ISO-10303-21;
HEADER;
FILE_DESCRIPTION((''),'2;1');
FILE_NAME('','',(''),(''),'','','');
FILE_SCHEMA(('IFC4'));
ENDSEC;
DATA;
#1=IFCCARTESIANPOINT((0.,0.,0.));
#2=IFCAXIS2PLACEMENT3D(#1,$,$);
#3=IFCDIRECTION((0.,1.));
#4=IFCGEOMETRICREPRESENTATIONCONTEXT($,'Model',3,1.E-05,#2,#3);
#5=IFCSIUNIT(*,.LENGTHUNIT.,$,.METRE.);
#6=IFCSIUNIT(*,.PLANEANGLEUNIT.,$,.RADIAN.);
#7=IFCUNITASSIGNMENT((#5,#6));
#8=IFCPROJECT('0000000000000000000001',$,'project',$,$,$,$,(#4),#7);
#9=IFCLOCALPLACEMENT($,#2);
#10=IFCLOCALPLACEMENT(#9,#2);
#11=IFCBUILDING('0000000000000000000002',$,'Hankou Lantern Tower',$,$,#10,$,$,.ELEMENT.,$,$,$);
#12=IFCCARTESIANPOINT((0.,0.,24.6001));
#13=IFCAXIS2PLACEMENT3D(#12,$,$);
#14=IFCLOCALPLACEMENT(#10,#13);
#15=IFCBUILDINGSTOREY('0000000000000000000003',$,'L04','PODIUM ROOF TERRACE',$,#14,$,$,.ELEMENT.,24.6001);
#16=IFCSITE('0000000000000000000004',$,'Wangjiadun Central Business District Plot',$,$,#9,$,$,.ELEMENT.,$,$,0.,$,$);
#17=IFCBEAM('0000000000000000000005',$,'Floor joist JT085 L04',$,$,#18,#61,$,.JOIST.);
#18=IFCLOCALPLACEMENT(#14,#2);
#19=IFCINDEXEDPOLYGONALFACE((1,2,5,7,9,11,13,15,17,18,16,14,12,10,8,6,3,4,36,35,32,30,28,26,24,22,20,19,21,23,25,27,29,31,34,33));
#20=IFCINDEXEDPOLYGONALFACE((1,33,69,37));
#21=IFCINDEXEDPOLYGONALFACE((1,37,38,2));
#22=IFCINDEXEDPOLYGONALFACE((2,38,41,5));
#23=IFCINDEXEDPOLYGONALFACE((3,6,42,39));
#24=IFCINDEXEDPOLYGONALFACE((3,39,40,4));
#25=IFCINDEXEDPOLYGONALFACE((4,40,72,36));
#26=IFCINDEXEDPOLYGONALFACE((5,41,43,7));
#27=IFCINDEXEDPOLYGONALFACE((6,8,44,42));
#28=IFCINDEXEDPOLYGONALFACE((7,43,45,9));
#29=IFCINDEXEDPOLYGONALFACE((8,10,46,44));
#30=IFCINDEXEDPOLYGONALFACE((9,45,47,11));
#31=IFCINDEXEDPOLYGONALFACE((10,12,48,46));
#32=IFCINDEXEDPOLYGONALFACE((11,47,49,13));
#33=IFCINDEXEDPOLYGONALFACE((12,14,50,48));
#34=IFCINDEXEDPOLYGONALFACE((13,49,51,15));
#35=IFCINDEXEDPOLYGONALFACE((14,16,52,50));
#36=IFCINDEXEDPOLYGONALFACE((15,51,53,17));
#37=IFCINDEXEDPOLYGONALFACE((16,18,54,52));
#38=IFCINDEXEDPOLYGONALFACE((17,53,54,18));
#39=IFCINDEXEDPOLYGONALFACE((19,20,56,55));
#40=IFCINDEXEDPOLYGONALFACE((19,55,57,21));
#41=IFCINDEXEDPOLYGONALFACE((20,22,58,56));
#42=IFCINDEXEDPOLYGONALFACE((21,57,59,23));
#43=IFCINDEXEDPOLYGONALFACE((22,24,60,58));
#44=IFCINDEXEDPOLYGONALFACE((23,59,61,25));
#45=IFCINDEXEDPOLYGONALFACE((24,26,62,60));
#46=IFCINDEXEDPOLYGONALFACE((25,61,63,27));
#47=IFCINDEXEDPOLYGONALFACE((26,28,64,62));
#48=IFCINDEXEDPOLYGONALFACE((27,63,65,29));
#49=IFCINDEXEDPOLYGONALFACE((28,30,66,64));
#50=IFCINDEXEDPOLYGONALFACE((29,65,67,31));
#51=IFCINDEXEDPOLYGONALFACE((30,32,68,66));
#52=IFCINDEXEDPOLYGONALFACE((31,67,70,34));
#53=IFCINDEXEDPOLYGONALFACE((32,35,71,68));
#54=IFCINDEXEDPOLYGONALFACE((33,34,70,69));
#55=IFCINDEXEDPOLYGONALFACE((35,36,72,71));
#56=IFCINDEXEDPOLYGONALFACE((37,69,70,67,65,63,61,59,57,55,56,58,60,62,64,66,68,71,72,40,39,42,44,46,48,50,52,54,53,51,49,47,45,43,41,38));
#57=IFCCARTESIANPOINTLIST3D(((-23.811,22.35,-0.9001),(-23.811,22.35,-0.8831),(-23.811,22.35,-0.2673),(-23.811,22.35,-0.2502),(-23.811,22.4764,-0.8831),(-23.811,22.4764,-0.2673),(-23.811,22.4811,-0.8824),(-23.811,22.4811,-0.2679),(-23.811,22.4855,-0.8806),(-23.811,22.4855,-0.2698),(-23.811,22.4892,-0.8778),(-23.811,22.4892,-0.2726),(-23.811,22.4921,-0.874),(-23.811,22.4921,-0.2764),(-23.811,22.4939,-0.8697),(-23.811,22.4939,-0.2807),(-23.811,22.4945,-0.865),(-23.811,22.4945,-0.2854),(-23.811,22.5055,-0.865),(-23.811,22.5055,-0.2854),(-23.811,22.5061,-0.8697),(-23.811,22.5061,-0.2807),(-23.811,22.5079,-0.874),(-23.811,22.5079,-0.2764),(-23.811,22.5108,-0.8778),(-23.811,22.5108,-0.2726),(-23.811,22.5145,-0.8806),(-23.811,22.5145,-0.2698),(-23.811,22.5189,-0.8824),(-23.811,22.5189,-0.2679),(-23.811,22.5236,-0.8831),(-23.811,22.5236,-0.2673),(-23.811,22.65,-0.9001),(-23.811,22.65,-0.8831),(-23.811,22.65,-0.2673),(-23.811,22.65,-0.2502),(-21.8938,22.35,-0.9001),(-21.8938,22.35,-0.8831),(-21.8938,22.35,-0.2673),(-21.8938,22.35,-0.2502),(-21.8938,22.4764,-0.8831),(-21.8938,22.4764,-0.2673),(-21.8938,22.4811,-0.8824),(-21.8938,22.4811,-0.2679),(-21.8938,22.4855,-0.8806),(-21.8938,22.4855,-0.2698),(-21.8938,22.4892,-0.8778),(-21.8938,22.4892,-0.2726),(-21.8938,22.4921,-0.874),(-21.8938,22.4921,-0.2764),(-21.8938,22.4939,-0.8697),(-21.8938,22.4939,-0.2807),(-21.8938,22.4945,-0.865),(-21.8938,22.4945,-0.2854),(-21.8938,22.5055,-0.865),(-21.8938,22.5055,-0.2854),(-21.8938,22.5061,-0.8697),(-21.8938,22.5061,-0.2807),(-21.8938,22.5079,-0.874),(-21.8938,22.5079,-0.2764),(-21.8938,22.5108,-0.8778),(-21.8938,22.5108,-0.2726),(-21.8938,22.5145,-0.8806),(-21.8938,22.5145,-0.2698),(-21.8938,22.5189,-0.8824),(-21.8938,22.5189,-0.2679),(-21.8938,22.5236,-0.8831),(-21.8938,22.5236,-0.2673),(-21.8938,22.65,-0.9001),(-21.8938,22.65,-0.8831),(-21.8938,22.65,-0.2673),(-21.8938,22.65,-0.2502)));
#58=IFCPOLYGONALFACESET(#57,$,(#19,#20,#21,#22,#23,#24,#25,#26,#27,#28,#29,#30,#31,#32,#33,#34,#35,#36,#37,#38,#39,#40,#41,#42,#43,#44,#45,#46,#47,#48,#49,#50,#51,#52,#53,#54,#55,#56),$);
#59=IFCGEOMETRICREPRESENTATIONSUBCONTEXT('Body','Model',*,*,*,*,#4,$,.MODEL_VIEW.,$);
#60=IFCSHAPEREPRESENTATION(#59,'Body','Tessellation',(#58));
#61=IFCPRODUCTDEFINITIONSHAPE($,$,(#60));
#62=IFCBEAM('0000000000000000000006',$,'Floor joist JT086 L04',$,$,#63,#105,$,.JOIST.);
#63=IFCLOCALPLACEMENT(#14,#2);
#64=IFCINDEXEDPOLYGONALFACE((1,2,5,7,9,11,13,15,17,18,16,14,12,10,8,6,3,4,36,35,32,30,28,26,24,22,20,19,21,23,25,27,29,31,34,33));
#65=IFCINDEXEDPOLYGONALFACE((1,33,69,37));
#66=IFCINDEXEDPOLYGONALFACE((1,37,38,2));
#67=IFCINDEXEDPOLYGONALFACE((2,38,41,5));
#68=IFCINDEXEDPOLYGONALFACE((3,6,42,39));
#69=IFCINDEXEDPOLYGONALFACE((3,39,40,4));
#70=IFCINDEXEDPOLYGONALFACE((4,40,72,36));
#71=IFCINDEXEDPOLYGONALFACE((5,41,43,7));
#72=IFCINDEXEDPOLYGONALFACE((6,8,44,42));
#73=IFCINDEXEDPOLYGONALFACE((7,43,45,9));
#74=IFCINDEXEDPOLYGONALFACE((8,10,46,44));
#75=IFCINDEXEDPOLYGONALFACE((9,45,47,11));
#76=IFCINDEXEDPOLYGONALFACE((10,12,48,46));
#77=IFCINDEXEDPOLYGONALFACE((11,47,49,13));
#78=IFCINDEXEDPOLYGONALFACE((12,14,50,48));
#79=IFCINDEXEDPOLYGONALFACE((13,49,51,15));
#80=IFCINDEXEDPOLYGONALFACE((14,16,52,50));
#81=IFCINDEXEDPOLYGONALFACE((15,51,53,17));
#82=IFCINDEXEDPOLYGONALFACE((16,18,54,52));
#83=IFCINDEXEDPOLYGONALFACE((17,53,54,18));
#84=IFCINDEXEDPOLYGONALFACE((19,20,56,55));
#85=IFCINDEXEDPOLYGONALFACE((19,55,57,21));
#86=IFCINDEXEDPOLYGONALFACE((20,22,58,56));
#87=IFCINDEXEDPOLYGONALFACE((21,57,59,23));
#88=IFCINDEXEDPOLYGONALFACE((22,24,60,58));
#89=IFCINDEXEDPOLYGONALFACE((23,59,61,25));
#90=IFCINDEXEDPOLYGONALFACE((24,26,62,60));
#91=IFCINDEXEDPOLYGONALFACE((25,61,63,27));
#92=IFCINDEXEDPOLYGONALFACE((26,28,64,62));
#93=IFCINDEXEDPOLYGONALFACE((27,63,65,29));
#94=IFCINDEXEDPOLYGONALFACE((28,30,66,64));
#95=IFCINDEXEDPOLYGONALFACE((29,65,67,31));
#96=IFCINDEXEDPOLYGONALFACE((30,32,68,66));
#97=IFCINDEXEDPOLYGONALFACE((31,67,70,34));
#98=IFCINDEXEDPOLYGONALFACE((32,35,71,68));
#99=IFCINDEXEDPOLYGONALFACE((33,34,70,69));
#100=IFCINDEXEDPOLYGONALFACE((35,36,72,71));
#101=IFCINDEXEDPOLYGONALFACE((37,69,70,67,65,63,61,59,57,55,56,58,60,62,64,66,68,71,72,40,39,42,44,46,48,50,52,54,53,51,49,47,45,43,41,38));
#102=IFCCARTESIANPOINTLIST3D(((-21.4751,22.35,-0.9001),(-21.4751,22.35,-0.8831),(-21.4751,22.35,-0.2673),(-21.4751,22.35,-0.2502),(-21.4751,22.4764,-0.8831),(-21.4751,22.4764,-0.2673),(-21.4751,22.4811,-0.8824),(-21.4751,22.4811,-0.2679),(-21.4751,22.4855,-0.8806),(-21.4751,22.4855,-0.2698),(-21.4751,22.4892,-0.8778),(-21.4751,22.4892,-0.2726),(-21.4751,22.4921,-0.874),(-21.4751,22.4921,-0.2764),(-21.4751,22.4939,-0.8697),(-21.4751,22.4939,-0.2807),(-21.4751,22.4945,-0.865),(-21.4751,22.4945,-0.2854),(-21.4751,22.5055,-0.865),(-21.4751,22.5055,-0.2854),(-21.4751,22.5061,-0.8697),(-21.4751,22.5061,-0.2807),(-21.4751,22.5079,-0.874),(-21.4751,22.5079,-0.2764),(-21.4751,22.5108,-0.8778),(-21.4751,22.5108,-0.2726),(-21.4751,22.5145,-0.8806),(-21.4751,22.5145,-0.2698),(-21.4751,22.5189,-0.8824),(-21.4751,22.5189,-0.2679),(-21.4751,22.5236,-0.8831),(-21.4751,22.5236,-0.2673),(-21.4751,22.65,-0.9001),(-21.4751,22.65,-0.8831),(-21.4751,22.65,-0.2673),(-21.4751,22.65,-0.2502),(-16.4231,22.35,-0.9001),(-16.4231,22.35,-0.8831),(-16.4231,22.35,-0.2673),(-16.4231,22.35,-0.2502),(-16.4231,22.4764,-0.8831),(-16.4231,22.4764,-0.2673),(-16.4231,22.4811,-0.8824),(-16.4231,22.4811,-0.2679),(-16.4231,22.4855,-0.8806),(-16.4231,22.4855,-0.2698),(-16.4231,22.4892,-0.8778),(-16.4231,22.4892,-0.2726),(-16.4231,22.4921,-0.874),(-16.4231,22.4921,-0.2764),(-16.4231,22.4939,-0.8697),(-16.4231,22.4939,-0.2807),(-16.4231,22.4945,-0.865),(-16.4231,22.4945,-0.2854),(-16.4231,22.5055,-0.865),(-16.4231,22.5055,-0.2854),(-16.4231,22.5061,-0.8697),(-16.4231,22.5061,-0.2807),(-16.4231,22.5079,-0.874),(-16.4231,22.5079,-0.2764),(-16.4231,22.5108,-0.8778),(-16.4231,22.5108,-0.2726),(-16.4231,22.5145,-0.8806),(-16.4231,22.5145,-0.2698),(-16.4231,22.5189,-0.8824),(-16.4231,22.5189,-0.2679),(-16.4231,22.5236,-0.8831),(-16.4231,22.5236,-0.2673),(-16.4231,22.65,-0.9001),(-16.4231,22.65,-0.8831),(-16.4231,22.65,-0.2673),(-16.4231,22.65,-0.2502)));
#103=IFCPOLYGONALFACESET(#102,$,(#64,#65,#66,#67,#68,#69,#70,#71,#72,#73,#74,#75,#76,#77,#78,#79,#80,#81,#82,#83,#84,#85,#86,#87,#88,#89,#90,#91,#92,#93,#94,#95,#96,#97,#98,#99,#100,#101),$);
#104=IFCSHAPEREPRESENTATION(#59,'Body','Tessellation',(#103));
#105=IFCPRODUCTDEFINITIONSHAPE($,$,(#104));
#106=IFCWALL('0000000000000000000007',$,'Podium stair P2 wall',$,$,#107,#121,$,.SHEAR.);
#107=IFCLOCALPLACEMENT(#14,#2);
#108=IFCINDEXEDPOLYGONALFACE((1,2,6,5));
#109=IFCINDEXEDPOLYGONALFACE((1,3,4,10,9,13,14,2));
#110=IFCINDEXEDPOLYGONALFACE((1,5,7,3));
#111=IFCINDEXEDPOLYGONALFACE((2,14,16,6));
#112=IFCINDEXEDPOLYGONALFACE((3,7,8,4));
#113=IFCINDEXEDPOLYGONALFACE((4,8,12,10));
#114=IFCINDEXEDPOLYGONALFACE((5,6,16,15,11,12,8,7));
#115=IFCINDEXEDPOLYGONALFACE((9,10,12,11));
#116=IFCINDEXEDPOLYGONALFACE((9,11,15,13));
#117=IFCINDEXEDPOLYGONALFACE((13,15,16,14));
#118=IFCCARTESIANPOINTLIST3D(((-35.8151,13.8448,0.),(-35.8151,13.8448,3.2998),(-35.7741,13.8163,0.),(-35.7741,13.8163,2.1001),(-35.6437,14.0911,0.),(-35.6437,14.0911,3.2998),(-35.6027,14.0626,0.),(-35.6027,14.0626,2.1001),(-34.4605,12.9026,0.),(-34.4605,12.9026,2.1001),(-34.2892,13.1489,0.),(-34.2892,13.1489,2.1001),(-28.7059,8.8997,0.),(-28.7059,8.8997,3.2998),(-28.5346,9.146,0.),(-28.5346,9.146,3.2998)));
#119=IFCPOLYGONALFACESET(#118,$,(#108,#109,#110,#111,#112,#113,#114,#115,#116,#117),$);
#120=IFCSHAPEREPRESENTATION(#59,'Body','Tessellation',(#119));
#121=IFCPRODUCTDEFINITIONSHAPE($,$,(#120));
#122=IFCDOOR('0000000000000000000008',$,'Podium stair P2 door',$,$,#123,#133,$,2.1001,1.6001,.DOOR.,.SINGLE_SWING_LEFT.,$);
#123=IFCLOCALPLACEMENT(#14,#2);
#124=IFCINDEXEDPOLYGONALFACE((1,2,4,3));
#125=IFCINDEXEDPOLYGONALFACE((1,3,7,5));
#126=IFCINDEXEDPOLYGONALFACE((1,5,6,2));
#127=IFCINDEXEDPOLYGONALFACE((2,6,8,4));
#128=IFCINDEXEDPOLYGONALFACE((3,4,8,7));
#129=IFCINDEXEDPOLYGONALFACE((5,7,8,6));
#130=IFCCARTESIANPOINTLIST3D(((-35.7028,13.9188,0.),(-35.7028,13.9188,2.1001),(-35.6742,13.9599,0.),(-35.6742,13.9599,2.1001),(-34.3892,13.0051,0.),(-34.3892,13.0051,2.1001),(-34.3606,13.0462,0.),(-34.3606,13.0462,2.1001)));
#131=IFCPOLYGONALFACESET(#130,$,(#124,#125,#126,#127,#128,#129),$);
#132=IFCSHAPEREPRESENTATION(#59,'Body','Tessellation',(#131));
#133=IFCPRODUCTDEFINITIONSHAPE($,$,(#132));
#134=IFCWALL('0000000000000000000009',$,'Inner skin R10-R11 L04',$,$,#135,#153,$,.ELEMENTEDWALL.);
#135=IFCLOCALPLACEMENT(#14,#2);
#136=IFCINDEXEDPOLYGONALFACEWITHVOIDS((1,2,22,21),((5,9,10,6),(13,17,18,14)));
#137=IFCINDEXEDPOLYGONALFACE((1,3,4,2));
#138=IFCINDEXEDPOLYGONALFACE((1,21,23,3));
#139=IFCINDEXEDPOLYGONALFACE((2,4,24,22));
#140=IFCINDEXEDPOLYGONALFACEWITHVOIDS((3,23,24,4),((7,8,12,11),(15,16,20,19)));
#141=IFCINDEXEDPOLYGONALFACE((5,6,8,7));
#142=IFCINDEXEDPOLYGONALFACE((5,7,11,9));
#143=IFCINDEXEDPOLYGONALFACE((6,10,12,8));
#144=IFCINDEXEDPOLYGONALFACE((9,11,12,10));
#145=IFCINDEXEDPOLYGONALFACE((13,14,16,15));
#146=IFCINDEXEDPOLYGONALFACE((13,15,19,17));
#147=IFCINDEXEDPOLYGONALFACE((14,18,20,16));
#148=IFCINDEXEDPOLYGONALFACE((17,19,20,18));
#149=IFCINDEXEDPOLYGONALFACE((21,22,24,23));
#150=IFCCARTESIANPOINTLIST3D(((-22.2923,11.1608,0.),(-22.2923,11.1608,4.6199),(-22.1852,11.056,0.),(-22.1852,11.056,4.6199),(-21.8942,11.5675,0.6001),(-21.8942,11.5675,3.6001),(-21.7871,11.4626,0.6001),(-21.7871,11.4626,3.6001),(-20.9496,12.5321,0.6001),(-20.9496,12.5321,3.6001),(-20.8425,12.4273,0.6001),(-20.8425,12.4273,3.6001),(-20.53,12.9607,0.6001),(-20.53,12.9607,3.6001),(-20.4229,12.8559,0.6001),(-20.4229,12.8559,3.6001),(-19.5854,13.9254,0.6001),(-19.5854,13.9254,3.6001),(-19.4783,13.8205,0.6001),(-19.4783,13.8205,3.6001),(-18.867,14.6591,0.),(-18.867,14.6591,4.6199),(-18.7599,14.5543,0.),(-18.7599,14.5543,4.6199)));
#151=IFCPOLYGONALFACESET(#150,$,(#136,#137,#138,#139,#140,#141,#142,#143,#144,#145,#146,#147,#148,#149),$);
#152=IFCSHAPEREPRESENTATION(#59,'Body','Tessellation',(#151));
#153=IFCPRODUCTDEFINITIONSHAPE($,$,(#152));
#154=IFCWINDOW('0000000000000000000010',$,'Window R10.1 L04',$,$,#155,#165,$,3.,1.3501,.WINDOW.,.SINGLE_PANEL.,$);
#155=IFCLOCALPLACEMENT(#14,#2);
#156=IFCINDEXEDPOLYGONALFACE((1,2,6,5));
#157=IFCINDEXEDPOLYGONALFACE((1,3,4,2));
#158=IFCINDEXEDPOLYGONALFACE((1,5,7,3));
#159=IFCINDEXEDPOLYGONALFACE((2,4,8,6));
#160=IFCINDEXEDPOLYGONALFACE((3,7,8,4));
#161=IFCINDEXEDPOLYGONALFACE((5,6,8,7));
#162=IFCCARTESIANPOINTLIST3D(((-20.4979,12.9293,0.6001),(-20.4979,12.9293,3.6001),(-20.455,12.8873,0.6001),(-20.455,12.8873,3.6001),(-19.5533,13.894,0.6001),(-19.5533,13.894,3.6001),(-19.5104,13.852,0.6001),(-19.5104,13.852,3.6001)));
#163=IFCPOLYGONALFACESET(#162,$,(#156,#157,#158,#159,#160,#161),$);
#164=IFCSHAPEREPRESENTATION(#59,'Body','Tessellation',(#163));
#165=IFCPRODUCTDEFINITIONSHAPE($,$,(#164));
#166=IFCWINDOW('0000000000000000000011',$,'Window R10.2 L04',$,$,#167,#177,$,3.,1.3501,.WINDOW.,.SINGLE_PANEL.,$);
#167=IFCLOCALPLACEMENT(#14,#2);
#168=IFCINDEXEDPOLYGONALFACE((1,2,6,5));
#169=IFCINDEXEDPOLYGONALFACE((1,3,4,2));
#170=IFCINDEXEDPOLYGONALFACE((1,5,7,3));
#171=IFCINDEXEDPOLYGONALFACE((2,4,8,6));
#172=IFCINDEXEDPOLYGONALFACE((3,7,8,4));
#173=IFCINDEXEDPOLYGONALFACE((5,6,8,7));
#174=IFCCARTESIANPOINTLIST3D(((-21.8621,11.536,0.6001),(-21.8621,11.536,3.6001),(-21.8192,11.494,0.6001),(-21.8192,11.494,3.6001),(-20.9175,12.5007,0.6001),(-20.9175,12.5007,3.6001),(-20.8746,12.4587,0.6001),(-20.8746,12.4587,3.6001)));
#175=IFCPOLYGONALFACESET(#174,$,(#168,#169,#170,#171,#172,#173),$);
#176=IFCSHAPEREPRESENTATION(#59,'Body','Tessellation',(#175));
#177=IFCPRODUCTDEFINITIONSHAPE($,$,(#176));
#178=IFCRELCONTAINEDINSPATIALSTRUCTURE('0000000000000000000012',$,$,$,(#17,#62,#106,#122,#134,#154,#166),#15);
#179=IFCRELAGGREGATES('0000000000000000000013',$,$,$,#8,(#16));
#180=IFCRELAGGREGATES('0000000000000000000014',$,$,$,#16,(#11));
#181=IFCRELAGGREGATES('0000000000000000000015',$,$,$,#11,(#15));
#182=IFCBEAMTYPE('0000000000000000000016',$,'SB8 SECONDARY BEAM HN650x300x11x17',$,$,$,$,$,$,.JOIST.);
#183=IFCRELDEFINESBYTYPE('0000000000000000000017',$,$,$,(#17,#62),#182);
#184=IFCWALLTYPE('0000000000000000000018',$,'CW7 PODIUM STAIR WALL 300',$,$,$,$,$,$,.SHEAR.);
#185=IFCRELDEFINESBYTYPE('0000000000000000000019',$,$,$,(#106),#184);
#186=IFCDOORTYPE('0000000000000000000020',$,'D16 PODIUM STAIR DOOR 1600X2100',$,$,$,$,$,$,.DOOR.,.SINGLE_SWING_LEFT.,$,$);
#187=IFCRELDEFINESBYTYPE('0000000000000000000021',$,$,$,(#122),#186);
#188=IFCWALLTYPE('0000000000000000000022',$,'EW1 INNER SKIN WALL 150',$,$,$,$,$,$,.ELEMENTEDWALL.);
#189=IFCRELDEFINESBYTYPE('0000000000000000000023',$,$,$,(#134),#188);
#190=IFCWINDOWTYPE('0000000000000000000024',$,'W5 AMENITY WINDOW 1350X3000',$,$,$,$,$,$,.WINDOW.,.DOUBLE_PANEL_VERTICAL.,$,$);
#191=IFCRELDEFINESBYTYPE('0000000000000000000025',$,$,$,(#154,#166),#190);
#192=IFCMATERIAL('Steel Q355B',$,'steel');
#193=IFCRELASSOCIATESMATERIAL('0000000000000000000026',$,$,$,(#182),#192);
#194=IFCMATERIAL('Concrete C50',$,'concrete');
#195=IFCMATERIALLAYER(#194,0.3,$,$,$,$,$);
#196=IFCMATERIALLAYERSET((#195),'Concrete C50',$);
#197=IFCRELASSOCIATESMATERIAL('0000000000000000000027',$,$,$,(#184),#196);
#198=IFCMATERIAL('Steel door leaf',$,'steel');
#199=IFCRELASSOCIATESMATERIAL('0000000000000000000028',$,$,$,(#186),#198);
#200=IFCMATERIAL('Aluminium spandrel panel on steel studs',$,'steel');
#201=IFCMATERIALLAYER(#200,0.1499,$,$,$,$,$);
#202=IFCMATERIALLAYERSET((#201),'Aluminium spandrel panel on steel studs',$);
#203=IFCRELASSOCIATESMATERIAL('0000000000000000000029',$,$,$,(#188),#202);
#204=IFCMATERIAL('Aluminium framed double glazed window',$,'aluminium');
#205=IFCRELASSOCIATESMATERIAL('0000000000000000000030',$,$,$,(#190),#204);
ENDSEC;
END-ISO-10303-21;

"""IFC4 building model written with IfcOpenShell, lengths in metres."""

from ifc_helpers import new_model, si_unit, direction, frame, frame_2d, origin, origin_2d, place, context, subcontext, project, spatial, rectangle, i_section, extrude, material, layer, layer_set, material_profile, profile_set, type_object, element, fill, save


model = new_model("IFC4")

# Units and contexts
model_context = context("Model", 3, precision=1e-05, world=origin(), true_north=direction((0.0, 1.0)))
body_context = subcontext(model_context, "Body", "Model", "MODEL_VIEW")
ifc_project = project(units=[si_unit("LENGTHUNIT", "METRE"), si_unit("PLANEANGLEUNIT", "RADIAN")], contexts=[model_context])

# Site, building, storey
site_placement = place(None, origin())
site = spatial("IfcSite", under=ifc_project, at=site_placement, Name="Wangjiadun Central Business District Plot", CompositionType="ELEMENT", RefElevation=0.0)
building_placement = place(site_placement, origin())
building = spatial("IfcBuilding", under=site, at=building_placement, Name="Hankou Lantern Tower", CompositionType="ELEMENT")
storey_placement = place(building_placement, frame((0.0, 0.0, 24.6001)))
storey = spatial("IfcBuildingStorey", under=building, at=storey_placement, Name="L04", Description="PODIUM ROOF TERRACE", CompositionType="ELEMENT", Elevation=24.6001)

# Beams
ifc_material_1 = material(Name="Steel Q355B", Category="steel")
ifc_material_profile_1 = material_profile(ifc_material_1, i_section(OverallWidth=0.3, OverallDepth=0.6499, WebThickness=0.011, FlangeThickness=0.0171, FilletRadius=0.0181, at=origin_2d()), Name="HN650x300x11x17")
ifc_profile_set_1 = profile_set([ifc_material_profile_1], Name="Steel Q355B")
beam_type_1 = type_object("IfcBeamType", Name="SB8 SECONDARY BEAM HN650x300x11x17", PredefinedType="JOIST", material=ifc_profile_set_1)
beam_1_placement = place(storey_placement, frame((-23.811, 22.5, -0.5752), z_axis=(1.0, 0.0, 0.0), x_axis=(0.0, 1.0, 0.0)))
element("IfcBeam", 1, at=beam_1_placement, inside=storey, type_object=beam_type_1, Name="Floor joist JT085 L04", PredefinedType="JOIST", context=body_context, shape_type="SweptSolid", body=[
    extrude(i_section(OverallWidth=0.3, OverallDepth=0.6499, WebThickness=0.011, FlangeThickness=0.0171, FilletRadius=0.0181, at=origin_2d()), origin(), (0.0, 0.0, 1.0), 1.9172),
])
beam_2_placement = place(storey_placement, frame((-21.4751, 22.5, -0.5752), z_axis=(1.0, 0.0, 0.0), x_axis=(0.0, 1.0, 0.0)))
element("IfcBeam", 2, at=beam_2_placement, inside=storey, type_object=beam_type_1, Name="Floor joist JT086 L04", PredefinedType="JOIST", context=body_context, shape_type="SweptSolid", body=[
    extrude(i_section(OverallWidth=0.3, OverallDepth=0.6499, WebThickness=0.011, FlangeThickness=0.0171, FilletRadius=0.0181, at=origin_2d()), origin(), (0.0, 0.0, 1.0), 5.052),
])

# Wall, opening, door
ifc_material_2 = material(Name="Concrete C50", Category="concrete")
ifc_layer_1 = layer(ifc_material_2, 0.3)
ifc_layer_set_1 = layer_set([ifc_layer_1], Name="Concrete C50")
wall_type_1 = type_object("IfcWallType", Name="CW7 PODIUM STAIR WALL 300", PredefinedType="SHEAR", material=ifc_layer_set_1)
wall_1_placement = place(storey_placement, frame((-35.7295, 13.968, 0.0), z_axis=(0.0, 0.0, 1.0), x_axis=(0.820928, -0.571032, 0.0)))
wall_1 = element("IfcWall", 3, at=wall_1_placement, inside=storey, type_object=wall_type_1, Name="Podium stair P2 wall", PredefinedType="SHEAR", context=body_context, shape_type="SweptSolid", body=[
    extrude(rectangle(XDim=8.6599, YDim=0.3, at=frame_2d((4.3301, 0.0))), origin(), (0.0, 0.0, 1.0), 3.2998),
])
opening_1_placement = place(wall_1_placement, frame((0.05, 0.0, 0.0)))
opening_1 = element("IfcOpeningElement", 4, at=opening_1_placement, cuts=wall_1, PredefinedType="OPENING", context=body_context, shape_type="SweptSolid", body=[
    extrude(rectangle(XDim=1.6001, YDim=2.1001, at=frame_2d((0.8, 1.05))), frame((0.0, 0.1599, 0.0), z_axis=(0.0, -1.0, 0.0), x_axis=(1.0, 0.0, 0.0)), (0.0, 0.0, 1.0), 0.3201),
])
ifc_material_3 = material(Name="Steel door leaf", Category="steel")
door_type = type_object("IfcDoorType", Name="D16 PODIUM STAIR DOOR 1600X2100", OperationType="SINGLE_SWING_LEFT", PredefinedType="DOOR", material=ifc_material_3)
door_placement = place(opening_1_placement, origin())
door = element("IfcDoor", 5, at=door_placement, inside=storey, type_object=door_type, Name="Podium stair P2 door", OperationType="SINGLE_SWING_LEFT", OverallHeight=2.1001, OverallWidth=1.6001, PredefinedType="DOOR", context=body_context, shape_type="SweptSolid", body=[
    extrude(rectangle(XDim=1.6001, YDim=2.1001, at=frame_2d((0.8, 1.05))), frame((0.0, 0.0249, 0.0), z_axis=(0.0, -1.0, 0.0), x_axis=(1.0, 0.0, 0.0)), (0.0, 0.0, 1.0), 0.05),
])
fill(opening_1, door)

# Wall, openings, windows
ifc_material_4 = material(Name="Aluminium spandrel panel on steel studs", Category="steel")
ifc_layer_2 = layer(ifc_material_4, 0.1499)
ifc_layer_set_2 = layer_set([ifc_layer_2], Name="Aluminium spandrel panel on steel studs")
wall_type_2 = type_object("IfcWallType", Name="EW1 INNER SKIN WALL 150", PredefinedType="ELEMENTEDWALL", material=ifc_layer_set_2)
wall_2_placement = place(storey_placement, frame((-18.8135, 14.6067, 0.0), z_axis=(0.0, 0.0, 1.0), x_axis=(-0.699613, -0.714522, 0.0)))
wall_2 = element("IfcWall", 6, at=wall_2_placement, inside=storey, type_object=wall_type_2, Name="Inner skin R10-R11 L04", PredefinedType="ELEMENTEDWALL", context=body_context, shape_type="SweptSolid", body=[
    extrude(rectangle(XDim=4.896, YDim=0.1499, at=frame_2d((2.448, 0.0))), origin(), (0.0, 0.0, 1.0), 4.6199),
])
opening_2_placement = place(wall_2_placement, frame((1.0269, 0.0, 0.6001)))
opening_2 = element("IfcOpeningElement", 7, at=opening_2_placement, cuts=wall_2, PredefinedType="OPENING", context=body_context, shape_type="SweptSolid", body=[
    extrude(rectangle(XDim=1.3501, YDim=3.0, at=frame_2d((0.675, 1.5))), frame((0.0, 0.085, 0.0), z_axis=(0.0, -1.0, 0.0), x_axis=(1.0, 0.0, 0.0)), (0.0, 0.0, 1.0), 0.1699),
])
opening_3_placement = place(wall_2_placement, frame((2.9768, 0.0, 0.6001)))
opening_3 = element("IfcOpeningElement", 8, at=opening_3_placement, cuts=wall_2, PredefinedType="OPENING", context=body_context, shape_type="SweptSolid", body=[
    extrude(rectangle(XDim=1.3501, YDim=3.0, at=frame_2d((0.675, 1.5))), frame((0.0, 0.085, 0.0), z_axis=(0.0, -1.0, 0.0), x_axis=(1.0, 0.0, 0.0)), (0.0, 0.0, 1.0), 0.1699),
])
ifc_material_5 = material(Name="Aluminium framed double glazed window", Category="aluminium")
window_type = type_object("IfcWindowType", Name="W5 AMENITY WINDOW 1350X3000", PartitioningType="DOUBLE_PANEL_VERTICAL", PredefinedType="WINDOW", material=ifc_material_5)
window_1_placement = place(opening_2_placement, origin())
window_1 = element("IfcWindow", 9, at=window_1_placement, inside=storey, type_object=window_type, Name="Window R10.1 L04", OverallHeight=3.0, OverallWidth=1.3501, PartitioningType="SINGLE_PANEL", PredefinedType="WINDOW", context=body_context, shape_type="SweptSolid", body=[
    extrude(rectangle(XDim=1.3501, YDim=3.0, at=frame_2d((0.675, 1.5))), frame((0.0, 0.03, 0.0), z_axis=(0.0, -1.0, 0.0), x_axis=(1.0, 0.0, 0.0)), (0.0, 0.0, 1.0), 0.0601),
])
fill(opening_2, window_1)
window_2_placement = place(opening_3_placement, origin())
window_2 = element("IfcWindow", 10, at=window_2_placement, inside=storey, type_object=window_type, Name="Window R10.2 L04", OverallHeight=3.0, OverallWidth=1.3501, PartitioningType="SINGLE_PANEL", PredefinedType="WINDOW", context=body_context, shape_type="SweptSolid", body=[
    extrude(rectangle(XDim=1.3501, YDim=3.0, at=frame_2d((0.675, 1.5))), frame((0.0, 0.03, 0.0), z_axis=(0.0, -1.0, 0.0), x_axis=(1.0, 0.0, 0.0)), (0.0, 0.0, 1.0), 0.0601),
])
fill(opening_3, window_2)

save(model, "model.ifc")
